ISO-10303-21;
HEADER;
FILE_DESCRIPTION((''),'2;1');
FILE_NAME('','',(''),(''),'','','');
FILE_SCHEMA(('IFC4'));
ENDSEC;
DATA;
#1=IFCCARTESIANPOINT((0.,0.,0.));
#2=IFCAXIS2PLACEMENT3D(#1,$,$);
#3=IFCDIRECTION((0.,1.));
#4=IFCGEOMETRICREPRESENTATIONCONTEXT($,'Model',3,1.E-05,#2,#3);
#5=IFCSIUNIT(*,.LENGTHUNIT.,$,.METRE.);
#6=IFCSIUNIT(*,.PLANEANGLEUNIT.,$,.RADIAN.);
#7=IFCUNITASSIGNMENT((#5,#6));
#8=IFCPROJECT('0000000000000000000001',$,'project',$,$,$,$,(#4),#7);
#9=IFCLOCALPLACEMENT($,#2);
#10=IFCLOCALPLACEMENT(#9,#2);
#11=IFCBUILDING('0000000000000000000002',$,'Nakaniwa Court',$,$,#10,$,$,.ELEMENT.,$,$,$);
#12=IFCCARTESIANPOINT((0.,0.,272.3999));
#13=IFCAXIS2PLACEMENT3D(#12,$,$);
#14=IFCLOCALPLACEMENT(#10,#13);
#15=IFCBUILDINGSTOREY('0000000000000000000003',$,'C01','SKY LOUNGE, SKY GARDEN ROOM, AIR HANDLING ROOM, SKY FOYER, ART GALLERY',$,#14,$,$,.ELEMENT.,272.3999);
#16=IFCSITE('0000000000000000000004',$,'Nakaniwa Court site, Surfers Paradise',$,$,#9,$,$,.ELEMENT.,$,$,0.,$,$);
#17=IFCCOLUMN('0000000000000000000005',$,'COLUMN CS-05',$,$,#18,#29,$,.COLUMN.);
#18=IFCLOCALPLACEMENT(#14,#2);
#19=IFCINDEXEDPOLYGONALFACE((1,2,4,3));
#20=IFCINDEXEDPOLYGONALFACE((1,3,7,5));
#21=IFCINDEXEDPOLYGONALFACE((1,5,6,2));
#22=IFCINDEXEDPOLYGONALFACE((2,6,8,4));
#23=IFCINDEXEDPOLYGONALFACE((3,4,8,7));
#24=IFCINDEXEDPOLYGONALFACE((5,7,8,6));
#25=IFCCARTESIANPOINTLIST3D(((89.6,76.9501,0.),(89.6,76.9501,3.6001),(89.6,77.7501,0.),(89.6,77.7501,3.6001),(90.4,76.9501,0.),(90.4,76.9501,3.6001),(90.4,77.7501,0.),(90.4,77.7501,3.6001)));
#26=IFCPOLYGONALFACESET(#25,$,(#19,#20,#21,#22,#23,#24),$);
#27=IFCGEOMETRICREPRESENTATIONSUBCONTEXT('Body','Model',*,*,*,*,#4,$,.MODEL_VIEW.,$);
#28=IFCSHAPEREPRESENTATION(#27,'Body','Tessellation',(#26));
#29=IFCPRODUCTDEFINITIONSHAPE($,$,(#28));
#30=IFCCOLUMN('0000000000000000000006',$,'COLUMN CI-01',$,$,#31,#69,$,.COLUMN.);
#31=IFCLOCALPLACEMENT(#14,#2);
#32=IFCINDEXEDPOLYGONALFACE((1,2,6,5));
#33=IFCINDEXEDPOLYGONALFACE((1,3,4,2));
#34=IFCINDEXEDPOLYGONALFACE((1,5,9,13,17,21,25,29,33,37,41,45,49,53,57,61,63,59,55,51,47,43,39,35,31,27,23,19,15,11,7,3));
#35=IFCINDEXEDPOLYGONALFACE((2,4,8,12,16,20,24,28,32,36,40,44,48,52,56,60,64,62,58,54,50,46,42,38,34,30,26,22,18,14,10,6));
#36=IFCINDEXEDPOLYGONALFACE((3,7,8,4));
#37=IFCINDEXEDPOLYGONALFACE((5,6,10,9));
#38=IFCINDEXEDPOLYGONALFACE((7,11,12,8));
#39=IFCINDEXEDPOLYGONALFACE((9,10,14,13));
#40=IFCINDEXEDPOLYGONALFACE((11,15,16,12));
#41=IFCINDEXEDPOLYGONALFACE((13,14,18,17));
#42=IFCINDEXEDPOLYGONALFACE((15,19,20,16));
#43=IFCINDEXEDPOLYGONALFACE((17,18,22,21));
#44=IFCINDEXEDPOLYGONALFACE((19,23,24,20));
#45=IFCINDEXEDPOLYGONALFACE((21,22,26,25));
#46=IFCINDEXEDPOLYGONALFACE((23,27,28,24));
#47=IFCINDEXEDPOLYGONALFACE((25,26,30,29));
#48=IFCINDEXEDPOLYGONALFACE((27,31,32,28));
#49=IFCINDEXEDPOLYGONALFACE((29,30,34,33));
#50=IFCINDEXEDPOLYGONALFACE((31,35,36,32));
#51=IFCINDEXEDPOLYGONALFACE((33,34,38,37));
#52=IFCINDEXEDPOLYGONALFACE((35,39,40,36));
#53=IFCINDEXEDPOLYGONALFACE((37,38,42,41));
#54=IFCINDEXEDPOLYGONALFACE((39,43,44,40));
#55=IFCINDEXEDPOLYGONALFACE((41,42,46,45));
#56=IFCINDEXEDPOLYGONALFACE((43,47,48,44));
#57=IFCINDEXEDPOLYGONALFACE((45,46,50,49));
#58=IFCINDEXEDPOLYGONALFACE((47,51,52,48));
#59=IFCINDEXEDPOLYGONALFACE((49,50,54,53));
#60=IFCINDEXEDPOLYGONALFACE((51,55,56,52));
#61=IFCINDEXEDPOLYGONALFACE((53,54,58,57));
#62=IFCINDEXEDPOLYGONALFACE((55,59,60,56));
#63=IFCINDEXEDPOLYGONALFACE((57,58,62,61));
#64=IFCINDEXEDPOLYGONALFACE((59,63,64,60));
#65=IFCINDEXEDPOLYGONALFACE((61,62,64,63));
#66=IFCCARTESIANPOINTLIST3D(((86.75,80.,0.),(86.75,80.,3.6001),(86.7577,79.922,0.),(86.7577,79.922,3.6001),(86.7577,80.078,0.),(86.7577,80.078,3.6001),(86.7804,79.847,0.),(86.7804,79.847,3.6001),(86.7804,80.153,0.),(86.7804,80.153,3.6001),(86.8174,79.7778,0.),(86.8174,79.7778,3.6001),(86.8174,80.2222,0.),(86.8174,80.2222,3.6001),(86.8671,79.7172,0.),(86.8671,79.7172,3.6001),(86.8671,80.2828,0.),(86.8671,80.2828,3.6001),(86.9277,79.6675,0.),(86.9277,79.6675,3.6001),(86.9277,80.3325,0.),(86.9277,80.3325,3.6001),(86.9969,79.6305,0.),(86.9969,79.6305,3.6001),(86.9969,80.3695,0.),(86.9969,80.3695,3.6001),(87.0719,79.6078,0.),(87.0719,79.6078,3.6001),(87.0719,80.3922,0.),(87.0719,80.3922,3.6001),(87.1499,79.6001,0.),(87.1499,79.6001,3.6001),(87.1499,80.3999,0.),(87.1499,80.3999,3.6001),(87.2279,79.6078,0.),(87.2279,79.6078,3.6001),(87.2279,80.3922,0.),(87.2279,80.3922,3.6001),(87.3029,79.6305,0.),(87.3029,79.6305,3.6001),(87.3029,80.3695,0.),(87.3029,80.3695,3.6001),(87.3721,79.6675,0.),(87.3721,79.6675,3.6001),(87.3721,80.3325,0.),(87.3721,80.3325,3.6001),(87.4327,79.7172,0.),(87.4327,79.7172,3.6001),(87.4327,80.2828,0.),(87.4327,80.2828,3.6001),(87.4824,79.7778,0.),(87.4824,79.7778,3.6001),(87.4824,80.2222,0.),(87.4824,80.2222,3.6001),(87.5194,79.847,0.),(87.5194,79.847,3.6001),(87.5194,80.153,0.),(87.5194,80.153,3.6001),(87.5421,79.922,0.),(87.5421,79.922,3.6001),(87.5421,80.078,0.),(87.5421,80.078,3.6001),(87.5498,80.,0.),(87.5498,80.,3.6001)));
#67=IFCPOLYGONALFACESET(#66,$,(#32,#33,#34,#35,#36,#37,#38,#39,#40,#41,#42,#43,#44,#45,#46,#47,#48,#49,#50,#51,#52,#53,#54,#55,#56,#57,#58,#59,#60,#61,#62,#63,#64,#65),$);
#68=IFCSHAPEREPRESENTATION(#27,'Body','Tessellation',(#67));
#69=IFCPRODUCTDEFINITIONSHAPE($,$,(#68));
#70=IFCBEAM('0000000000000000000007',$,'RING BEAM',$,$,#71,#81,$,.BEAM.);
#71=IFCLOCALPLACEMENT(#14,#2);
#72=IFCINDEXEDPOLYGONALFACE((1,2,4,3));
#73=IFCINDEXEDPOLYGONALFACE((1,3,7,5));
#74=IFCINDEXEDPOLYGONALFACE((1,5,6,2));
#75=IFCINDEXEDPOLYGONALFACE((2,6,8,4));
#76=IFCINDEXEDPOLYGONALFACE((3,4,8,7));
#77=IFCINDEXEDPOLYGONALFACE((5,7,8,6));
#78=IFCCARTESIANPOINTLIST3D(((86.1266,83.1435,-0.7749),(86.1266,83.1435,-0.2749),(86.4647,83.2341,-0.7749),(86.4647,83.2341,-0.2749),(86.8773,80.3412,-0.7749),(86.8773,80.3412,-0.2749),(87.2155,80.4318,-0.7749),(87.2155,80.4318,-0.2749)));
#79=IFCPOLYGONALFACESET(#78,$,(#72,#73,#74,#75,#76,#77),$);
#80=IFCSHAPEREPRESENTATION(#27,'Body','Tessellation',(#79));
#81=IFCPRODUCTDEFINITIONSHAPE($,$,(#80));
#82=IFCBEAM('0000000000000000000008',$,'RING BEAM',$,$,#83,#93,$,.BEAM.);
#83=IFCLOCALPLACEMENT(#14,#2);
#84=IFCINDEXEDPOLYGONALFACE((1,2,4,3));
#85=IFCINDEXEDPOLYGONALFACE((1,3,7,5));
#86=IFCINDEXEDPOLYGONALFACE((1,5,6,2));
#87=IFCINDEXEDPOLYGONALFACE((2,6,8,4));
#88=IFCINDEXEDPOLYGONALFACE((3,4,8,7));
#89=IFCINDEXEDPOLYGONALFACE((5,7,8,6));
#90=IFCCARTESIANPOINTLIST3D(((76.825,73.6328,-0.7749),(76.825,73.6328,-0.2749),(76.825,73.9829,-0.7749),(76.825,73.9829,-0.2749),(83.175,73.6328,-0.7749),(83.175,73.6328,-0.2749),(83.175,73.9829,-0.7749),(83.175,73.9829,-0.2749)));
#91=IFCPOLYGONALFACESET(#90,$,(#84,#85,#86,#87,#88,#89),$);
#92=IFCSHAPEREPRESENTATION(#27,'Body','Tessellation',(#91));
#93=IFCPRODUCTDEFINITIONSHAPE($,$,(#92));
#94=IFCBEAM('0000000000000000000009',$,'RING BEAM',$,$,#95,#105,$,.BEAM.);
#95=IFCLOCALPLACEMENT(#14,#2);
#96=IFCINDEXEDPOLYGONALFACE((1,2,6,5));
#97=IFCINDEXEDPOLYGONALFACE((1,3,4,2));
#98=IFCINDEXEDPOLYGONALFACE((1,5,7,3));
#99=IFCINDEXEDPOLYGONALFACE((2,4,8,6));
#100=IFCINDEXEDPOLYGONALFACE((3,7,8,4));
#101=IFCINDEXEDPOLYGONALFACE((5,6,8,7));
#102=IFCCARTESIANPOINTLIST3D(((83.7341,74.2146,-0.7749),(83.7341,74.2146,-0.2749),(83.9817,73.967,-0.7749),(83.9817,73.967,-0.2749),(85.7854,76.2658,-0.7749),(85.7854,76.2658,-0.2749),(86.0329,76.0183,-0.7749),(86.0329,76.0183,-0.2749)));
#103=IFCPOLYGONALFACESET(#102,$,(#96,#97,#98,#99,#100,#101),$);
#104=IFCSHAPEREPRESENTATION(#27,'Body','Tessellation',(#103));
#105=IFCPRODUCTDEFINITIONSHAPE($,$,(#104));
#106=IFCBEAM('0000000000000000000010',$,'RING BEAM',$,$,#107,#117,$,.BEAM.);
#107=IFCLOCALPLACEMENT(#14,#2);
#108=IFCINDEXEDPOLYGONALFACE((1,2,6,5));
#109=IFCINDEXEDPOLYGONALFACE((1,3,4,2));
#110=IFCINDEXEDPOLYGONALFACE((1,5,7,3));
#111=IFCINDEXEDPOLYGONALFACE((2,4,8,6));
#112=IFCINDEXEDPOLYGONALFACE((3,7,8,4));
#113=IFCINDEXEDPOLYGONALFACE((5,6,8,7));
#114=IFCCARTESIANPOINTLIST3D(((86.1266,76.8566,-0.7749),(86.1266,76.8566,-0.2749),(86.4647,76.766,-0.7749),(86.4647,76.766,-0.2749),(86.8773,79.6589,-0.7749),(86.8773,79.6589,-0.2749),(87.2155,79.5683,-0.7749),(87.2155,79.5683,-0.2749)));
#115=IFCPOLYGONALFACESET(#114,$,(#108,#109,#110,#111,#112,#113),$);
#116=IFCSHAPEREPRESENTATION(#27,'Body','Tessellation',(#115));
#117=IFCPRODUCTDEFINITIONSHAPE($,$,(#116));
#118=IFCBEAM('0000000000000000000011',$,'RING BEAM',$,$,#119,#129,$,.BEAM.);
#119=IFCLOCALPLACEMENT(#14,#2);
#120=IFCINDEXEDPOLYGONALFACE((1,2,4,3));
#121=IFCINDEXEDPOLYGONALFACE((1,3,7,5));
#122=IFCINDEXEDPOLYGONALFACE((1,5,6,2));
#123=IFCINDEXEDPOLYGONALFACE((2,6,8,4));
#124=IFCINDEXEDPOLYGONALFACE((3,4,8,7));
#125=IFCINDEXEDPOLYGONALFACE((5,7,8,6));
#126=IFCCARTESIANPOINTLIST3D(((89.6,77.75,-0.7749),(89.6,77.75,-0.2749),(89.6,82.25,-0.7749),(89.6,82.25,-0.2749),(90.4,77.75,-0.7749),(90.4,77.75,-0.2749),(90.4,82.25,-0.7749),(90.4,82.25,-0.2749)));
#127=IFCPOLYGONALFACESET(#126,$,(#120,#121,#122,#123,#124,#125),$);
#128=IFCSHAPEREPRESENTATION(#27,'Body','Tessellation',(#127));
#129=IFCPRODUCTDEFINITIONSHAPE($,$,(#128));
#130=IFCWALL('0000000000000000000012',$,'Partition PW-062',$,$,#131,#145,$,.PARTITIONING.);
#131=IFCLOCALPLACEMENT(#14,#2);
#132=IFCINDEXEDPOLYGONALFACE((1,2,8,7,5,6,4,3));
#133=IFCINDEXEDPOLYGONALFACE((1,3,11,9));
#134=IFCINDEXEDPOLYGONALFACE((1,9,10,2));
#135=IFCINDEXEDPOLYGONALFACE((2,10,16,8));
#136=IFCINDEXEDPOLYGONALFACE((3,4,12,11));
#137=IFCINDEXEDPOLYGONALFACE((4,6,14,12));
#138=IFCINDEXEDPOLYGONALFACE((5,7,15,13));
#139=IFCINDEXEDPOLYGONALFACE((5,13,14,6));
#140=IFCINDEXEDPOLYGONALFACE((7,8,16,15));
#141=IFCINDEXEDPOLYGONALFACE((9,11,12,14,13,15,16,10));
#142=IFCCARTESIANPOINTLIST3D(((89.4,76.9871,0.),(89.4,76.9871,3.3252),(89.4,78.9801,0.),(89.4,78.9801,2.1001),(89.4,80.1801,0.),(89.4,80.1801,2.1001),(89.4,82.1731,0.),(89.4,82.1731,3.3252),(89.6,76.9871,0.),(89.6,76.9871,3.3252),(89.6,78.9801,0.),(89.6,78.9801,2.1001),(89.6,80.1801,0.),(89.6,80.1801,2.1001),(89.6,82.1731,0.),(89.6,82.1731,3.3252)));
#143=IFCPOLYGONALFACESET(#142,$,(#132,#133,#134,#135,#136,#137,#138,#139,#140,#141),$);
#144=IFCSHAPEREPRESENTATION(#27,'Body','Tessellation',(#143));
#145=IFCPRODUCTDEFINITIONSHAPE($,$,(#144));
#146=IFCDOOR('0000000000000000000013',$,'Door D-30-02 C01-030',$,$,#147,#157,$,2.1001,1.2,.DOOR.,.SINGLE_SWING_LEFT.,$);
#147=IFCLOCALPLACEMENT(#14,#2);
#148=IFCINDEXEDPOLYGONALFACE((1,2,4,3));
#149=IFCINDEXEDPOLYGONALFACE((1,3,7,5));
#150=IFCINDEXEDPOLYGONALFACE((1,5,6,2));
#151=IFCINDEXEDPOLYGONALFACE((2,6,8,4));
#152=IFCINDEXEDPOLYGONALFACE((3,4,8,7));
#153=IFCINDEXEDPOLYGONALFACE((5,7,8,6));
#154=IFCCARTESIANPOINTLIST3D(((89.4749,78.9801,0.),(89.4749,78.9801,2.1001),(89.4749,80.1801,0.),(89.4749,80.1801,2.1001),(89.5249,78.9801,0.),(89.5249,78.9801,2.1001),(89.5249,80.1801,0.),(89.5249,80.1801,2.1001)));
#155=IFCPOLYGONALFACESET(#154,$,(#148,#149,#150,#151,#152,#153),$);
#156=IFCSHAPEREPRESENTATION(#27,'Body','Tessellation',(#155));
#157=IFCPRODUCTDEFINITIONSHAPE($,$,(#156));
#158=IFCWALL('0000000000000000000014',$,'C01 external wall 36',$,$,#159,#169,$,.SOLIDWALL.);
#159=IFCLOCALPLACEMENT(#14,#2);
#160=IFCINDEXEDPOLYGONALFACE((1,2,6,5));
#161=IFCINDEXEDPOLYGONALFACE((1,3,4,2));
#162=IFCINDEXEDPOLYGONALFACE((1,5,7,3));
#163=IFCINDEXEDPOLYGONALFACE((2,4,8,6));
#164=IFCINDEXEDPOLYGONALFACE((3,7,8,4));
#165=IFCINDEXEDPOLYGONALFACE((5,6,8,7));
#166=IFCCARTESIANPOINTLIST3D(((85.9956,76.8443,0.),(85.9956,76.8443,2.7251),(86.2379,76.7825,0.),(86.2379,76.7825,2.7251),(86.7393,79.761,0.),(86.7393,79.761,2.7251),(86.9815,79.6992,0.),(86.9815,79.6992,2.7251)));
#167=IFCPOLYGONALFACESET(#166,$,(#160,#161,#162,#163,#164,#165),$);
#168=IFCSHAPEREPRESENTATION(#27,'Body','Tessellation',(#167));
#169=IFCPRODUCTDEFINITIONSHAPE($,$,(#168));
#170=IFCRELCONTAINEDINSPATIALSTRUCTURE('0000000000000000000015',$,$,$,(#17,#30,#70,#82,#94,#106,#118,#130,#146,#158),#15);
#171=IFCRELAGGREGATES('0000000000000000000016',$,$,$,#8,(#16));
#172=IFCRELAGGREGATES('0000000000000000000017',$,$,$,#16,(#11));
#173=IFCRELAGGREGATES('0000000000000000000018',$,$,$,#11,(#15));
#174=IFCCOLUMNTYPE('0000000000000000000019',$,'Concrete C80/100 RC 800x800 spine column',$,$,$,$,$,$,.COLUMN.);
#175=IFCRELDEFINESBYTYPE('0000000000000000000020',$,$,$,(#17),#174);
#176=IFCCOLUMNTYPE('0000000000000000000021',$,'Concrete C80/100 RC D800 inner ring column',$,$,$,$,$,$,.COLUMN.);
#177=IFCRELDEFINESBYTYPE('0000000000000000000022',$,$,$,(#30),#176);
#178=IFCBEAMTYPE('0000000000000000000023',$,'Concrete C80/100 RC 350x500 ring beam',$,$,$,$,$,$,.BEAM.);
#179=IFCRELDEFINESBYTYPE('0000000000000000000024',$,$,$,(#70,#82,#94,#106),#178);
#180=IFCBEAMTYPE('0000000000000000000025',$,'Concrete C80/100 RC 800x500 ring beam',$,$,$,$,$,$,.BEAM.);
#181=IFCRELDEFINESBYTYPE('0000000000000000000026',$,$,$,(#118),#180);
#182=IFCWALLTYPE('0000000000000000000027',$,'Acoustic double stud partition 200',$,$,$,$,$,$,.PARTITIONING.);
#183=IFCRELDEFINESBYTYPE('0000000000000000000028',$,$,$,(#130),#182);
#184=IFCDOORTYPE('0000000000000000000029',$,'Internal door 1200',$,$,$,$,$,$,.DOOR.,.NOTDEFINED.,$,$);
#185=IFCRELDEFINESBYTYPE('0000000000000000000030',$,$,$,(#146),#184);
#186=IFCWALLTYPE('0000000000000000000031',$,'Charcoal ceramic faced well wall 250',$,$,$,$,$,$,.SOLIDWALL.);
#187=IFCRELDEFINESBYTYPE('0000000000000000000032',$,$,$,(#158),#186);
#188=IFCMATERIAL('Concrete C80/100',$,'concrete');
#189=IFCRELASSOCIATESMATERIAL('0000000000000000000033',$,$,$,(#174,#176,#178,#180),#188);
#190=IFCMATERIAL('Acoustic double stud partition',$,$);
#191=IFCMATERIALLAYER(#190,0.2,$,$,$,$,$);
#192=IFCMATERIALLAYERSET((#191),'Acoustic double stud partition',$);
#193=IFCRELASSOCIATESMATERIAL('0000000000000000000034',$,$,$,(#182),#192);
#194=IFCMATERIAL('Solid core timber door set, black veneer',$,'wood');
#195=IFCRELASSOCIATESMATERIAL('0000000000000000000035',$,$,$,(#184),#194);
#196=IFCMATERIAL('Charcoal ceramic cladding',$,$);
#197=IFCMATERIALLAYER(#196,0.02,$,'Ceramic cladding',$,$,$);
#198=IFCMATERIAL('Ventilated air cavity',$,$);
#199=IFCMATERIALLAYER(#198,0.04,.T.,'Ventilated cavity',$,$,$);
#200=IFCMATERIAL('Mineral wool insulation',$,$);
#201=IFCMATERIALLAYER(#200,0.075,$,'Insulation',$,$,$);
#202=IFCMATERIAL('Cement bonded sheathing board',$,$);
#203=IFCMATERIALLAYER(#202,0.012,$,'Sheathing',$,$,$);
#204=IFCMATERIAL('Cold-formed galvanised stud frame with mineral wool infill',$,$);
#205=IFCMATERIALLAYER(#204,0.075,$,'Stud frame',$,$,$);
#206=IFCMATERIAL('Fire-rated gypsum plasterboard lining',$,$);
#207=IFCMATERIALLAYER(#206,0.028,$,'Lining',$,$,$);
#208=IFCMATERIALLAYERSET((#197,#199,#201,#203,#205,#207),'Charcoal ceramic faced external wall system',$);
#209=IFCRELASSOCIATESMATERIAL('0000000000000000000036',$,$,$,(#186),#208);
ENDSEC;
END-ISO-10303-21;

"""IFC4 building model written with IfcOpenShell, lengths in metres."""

from ifc_helpers import new_model, si_unit, direction, frame, frame_2d, origin, origin_2d, place, context, subcontext, project, spatial, rectangle, circle, extrude, material, layer, layer_set, material_profile, profile_set, type_object, element, fill, save


model = new_model("IFC4")

# Units and contexts
model_context = context("Model", 3, precision=1e-05, world=origin(), true_north=direction((0.0, 1.0)))
body_context = subcontext(model_context, "Body", "Model", "MODEL_VIEW")
ifc_project = project(units=[si_unit("LENGTHUNIT", "METRE"), si_unit("PLANEANGLEUNIT", "RADIAN")], contexts=[model_context])

# Site, building, storey
site_placement = place(None, origin())
site = spatial("IfcSite", under=ifc_project, at=site_placement, Name="Nakaniwa Court site, Surfers Paradise", CompositionType="ELEMENT", RefElevation=0.0)
building_placement = place(site_placement, origin())
building = spatial("IfcBuilding", under=site, at=building_placement, Name="Nakaniwa Court", CompositionType="ELEMENT")
storey_placement = place(building_placement, frame((0.0, 0.0, 272.3999)))
storey = spatial("IfcBuildingStorey", under=building, at=storey_placement, Name="C01", Description="SKY LOUNGE, SKY GARDEN ROOM, AIR HANDLING ROOM, SKY FOYER, ART GALLERY", CompositionType="ELEMENT", Elevation=272.3999)

# Columns
ifc_material_1 = material(Name="Concrete C80/100", Category="concrete")
ifc_material_profile_1 = material_profile(ifc_material_1, rectangle(XDim=0.8, YDim=0.8, at=origin_2d()), Name="Concrete C80/100 RC 800x800 spine column")
ifc_profile_set_1 = profile_set([ifc_material_profile_1], Name="Concrete C80/100")
column_type_1 = type_object("IfcColumnType", Name="Concrete C80/100 RC 800x800 spine column", PredefinedType="COLUMN", material=ifc_profile_set_1)
column_placement = place(storey_placement, frame((90.0, 77.3501, 0.0), z_axis=(0.0, 0.0, 1.0), x_axis=(0.0, 1.0, 0.0)))
element("IfcColumn", 1, at=column_placement, inside=storey, type_object=column_type_1, Name="COLUMN CS-05", PredefinedType="COLUMN", context=body_context, shape_type="SweptSolid", body=[
    extrude(rectangle(XDim=0.8, YDim=0.8, at=origin_2d()), origin(), (0.0, 0.0, 1.0), 3.6001),
])
ifc_material_profile_2 = material_profile(ifc_material_1, circle(Radius=0.3999, at=origin_2d()), Name="Concrete C80/100 RC D800 inner ring column")
ifc_profile_set_2 = profile_set([ifc_material_profile_2], Name="Concrete C80/100")
column_type_2 = type_object("IfcColumnType", Name="Concrete C80/100 RC D800 inner ring column", PredefinedType="COLUMN", material=ifc_profile_set_2)
for number, where, z_axis, x_axis, name in (
    (2, (87.1499, 80.0, 0.0), (0.0, 0.0, 1.0), (0.0, 1.0, 0.0), "COLUMN CI-01"),
):
    element("IfcColumn", number, at=place(storey_placement, frame(where, z_axis=z_axis, x_axis=x_axis)), inside=storey, type_object=column_type_2, Name=name, PredefinedType="COLUMN", context=body_context, shape_type="SweptSolid", body=[
        extrude(circle(Radius=0.3999, at=origin_2d()), origin(), (0.0, 0.0, 1.0), 3.6001),
    ])

# Beams
ifc_material_profile_3 = material_profile(ifc_material_1, rectangle(XDim=0.3501, YDim=0.5, at=origin_2d()), Name="Concrete C80/100 RC 350x500 ring beam")
ifc_profile_set_3 = profile_set([ifc_material_profile_3], Name="Concrete C80/100")
beam_type_1 = type_object("IfcBeamType", Name="Concrete C80/100 RC 350x500 ring beam", PredefinedType="BEAM", material=ifc_profile_set_3)
beam_1_placement = place(storey_placement, frame((87.0464, 80.3865, -0.5249), z_axis=(-0.258778, 0.965937, 0.0), x_axis=(-0.965937, -0.258778, 0.0)))
element("IfcBeam", 3, at=beam_1_placement, inside=storey, type_object=beam_type_1, Name="RING BEAM", PredefinedType="BEAM", context=body_context, shape_type="SweptSolid", body=[
    extrude(rectangle(XDim=0.3501, YDim=0.5, at=origin_2d()), origin(), (0.0, 0.0, 1.0), 2.9011),
])
beam_2_placement = place(storey_placement, frame((76.825, 73.8079, -0.5249), z_axis=(1.0, 0.0, 0.0), x_axis=(0.0, 1.0, 0.0)))
element("IfcBeam", 4, at=beam_2_placement, inside=storey, type_object=beam_type_1, Name="RING BEAM", PredefinedType="BEAM", context=body_context, shape_type="SweptSolid", body=[
    extrude(rectangle(XDim=0.3501, YDim=0.5, at=origin_2d()), origin(), (0.0, 0.0, 1.0), 6.3501),
])
beam_3_placement = place(storey_placement, frame((83.8579, 74.0908, -0.5249), z_axis=(0.707107, 0.707107, 0.0), x_axis=(-0.707107, 0.707107, 0.0)))
element("IfcBeam", 5, at=beam_3_placement, inside=storey, type_object=beam_type_1, Name="RING BEAM", PredefinedType="BEAM", context=body_context, shape_type="SweptSolid", body=[
    extrude(rectangle(XDim=0.3501, YDim=0.5, at=origin_2d()), origin(), (0.0, 0.0, 1.0), 2.9009),
])
beam_4_placement = place(storey_placement, frame((86.2957, 76.8113, -0.5249), z_axis=(0.258778, 0.965937, 0.0), x_axis=(-0.965937, 0.258778, 0.0)))
element("IfcBeam", 6, at=beam_4_placement, inside=storey, type_object=beam_type_1, Name="RING BEAM", PredefinedType="BEAM", context=body_context, shape_type="SweptSolid", body=[
    extrude(rectangle(XDim=0.3501, YDim=0.5, at=origin_2d()), origin(), (0.0, 0.0, 1.0), 2.9011),
])
ifc_material_profile_4 = material_profile(ifc_material_1, rectangle(XDim=0.8, YDim=0.5, at=origin_2d()), Name="Concrete C80/100 RC 800x500 ring beam")
ifc_profile_set_4 = profile_set([ifc_material_profile_4], Name="Concrete C80/100")
beam_type_2 = type_object("IfcBeamType", Name="Concrete C80/100 RC 800x500 ring beam", PredefinedType="BEAM", material=ifc_profile_set_4)
beam_5_placement = place(storey_placement, frame((90.0, 77.75, -0.5249), z_axis=(0.0, 1.0, 0.0), x_axis=(-1.0, 0.0, 0.0)))
element("IfcBeam", 7, at=beam_5_placement, inside=storey, type_object=beam_type_2, Name="RING BEAM", PredefinedType="BEAM", context=body_context, shape_type="SweptSolid", body=[
    extrude(rectangle(XDim=0.8, YDim=0.5, at=origin_2d()), origin(), (0.0, 0.0, 1.0), 4.5),
])

# Wall, opening, door
ifc_material_2 = material(Name="Acoustic double stud partition")
ifc_layer_1 = layer(ifc_material_2, 0.2)
ifc_layer_set_1 = layer_set([ifc_layer_1], Name="Acoustic double stud partition")
wall_type_1 = type_object("IfcWallType", Name="Acoustic double stud partition 200", PredefinedType="PARTITIONING", material=ifc_layer_set_1)
wall_1_placement = place(storey_placement, frame((89.5, 82.1731, 0.0), z_axis=(0.0, 0.0, 1.0), x_axis=(0.0, -1.0, 0.0)))
wall_1 = element("IfcWall", 8, at=wall_1_placement, inside=storey, type_object=wall_type_1, Name="Partition PW-062", PredefinedType="PARTITIONING", context=body_context, shape_type="SweptSolid", body=[
    extrude(rectangle(XDim=5.186, YDim=0.2, at=frame_2d((2.593, 0.0))), origin(), (0.0, 0.0, 1.0), 3.3252),
])
opening_placement = place(wall_1_placement, frame((1.9929, 0.0, 0.0)))
opening = element("IfcOpeningElement", 9, at=opening_placement, cuts=wall_1, PredefinedType="OPENING", context=body_context, shape_type="SweptSolid", body=[
    extrude(rectangle(XDim=1.2, YDim=2.1001, at=frame_2d((0.6001, 1.05))), frame((0.0, 0.1099, 0.0), z_axis=(0.0, -1.0, 0.0), x_axis=(1.0, 0.0, 0.0)), (0.0, 0.0, 1.0), 0.22),
])
ifc_material_3 = material(Name="Solid core timber door set, black veneer", Category="wood")
door_type = type_object("IfcDoorType", Name="Internal door 1200", OperationType="NOTDEFINED", PredefinedType="DOOR", material=ifc_material_3)
door_placement = place(opening_placement, origin())
door = element("IfcDoor", 10, at=door_placement, inside=storey, type_object=door_type, Name="Door D-30-02 C01-030", OperationType="SINGLE_SWING_LEFT", OverallHeight=2.1001, OverallWidth=1.2, PredefinedType="DOOR", context=body_context, shape_type="SweptSolid", body=[
    extrude(rectangle(XDim=1.2, YDim=2.1001, at=frame_2d((0.6001, 1.05))), frame((0.0, 0.0249, 0.0), z_axis=(0.0, -1.0, 0.0), x_axis=(1.0, 0.0, 0.0)), (0.0, 0.0, 1.0), 0.05),
])
fill(opening, door)

# Wall
ifc_material_4 = material(Name="Charcoal ceramic cladding")
ifc_layer_2 = layer(ifc_material_4, 0.02, Name="Ceramic cladding")
ifc_material_5 = material(Name="Ventilated air cavity")
ifc_layer_3 = layer(ifc_material_5, 0.04, ventilated=True, Name="Ventilated cavity")
ifc_material_6 = material(Name="Mineral wool insulation")
ifc_layer_4 = layer(ifc_material_6, 0.075, Name="Insulation")
ifc_material_7 = material(Name="Cement bonded sheathing board")
ifc_layer_5 = layer(ifc_material_7, 0.012, Name="Sheathing")
ifc_material_8 = material(Name="Cold-formed galvanised stud frame with mineral wool infill")
ifc_layer_6 = layer(ifc_material_8, 0.075, Name="Stud frame")
ifc_material_9 = material(Name="Fire-rated gypsum plasterboard lining")
ifc_layer_7 = layer(ifc_material_9, 0.028, Name="Lining")
ifc_layer_set_2 = layer_set([ifc_layer_2, ifc_layer_3, ifc_layer_4, ifc_layer_5, ifc_layer_6, ifc_layer_7], Name="Charcoal ceramic faced external wall system")
wall_type_2 = type_object("IfcWallType", Name="Charcoal ceramic faced well wall 250", PredefinedType="SOLIDWALL", material=ifc_layer_set_2)
wall_2_placement = place(storey_placement, frame((86.8604, 79.73, 0.0), z_axis=(0.0, 0.0, 1.0), x_axis=(-0.247056, -0.969001, 0.0)))
element("IfcWall", 11, at=wall_2_placement, inside=storey, type_object=wall_type_2, Name="C01 external wall 36", PredefinedType="SOLIDWALL", context=body_context, shape_type="SweptSolid", body=[
    extrude(rectangle(XDim=3.01, YDim=0.25, at=frame_2d((1.5049, 0.0))), origin(), (0.0, 0.0, 1.0), 2.7251),
])

save(model, "model.ifc")
